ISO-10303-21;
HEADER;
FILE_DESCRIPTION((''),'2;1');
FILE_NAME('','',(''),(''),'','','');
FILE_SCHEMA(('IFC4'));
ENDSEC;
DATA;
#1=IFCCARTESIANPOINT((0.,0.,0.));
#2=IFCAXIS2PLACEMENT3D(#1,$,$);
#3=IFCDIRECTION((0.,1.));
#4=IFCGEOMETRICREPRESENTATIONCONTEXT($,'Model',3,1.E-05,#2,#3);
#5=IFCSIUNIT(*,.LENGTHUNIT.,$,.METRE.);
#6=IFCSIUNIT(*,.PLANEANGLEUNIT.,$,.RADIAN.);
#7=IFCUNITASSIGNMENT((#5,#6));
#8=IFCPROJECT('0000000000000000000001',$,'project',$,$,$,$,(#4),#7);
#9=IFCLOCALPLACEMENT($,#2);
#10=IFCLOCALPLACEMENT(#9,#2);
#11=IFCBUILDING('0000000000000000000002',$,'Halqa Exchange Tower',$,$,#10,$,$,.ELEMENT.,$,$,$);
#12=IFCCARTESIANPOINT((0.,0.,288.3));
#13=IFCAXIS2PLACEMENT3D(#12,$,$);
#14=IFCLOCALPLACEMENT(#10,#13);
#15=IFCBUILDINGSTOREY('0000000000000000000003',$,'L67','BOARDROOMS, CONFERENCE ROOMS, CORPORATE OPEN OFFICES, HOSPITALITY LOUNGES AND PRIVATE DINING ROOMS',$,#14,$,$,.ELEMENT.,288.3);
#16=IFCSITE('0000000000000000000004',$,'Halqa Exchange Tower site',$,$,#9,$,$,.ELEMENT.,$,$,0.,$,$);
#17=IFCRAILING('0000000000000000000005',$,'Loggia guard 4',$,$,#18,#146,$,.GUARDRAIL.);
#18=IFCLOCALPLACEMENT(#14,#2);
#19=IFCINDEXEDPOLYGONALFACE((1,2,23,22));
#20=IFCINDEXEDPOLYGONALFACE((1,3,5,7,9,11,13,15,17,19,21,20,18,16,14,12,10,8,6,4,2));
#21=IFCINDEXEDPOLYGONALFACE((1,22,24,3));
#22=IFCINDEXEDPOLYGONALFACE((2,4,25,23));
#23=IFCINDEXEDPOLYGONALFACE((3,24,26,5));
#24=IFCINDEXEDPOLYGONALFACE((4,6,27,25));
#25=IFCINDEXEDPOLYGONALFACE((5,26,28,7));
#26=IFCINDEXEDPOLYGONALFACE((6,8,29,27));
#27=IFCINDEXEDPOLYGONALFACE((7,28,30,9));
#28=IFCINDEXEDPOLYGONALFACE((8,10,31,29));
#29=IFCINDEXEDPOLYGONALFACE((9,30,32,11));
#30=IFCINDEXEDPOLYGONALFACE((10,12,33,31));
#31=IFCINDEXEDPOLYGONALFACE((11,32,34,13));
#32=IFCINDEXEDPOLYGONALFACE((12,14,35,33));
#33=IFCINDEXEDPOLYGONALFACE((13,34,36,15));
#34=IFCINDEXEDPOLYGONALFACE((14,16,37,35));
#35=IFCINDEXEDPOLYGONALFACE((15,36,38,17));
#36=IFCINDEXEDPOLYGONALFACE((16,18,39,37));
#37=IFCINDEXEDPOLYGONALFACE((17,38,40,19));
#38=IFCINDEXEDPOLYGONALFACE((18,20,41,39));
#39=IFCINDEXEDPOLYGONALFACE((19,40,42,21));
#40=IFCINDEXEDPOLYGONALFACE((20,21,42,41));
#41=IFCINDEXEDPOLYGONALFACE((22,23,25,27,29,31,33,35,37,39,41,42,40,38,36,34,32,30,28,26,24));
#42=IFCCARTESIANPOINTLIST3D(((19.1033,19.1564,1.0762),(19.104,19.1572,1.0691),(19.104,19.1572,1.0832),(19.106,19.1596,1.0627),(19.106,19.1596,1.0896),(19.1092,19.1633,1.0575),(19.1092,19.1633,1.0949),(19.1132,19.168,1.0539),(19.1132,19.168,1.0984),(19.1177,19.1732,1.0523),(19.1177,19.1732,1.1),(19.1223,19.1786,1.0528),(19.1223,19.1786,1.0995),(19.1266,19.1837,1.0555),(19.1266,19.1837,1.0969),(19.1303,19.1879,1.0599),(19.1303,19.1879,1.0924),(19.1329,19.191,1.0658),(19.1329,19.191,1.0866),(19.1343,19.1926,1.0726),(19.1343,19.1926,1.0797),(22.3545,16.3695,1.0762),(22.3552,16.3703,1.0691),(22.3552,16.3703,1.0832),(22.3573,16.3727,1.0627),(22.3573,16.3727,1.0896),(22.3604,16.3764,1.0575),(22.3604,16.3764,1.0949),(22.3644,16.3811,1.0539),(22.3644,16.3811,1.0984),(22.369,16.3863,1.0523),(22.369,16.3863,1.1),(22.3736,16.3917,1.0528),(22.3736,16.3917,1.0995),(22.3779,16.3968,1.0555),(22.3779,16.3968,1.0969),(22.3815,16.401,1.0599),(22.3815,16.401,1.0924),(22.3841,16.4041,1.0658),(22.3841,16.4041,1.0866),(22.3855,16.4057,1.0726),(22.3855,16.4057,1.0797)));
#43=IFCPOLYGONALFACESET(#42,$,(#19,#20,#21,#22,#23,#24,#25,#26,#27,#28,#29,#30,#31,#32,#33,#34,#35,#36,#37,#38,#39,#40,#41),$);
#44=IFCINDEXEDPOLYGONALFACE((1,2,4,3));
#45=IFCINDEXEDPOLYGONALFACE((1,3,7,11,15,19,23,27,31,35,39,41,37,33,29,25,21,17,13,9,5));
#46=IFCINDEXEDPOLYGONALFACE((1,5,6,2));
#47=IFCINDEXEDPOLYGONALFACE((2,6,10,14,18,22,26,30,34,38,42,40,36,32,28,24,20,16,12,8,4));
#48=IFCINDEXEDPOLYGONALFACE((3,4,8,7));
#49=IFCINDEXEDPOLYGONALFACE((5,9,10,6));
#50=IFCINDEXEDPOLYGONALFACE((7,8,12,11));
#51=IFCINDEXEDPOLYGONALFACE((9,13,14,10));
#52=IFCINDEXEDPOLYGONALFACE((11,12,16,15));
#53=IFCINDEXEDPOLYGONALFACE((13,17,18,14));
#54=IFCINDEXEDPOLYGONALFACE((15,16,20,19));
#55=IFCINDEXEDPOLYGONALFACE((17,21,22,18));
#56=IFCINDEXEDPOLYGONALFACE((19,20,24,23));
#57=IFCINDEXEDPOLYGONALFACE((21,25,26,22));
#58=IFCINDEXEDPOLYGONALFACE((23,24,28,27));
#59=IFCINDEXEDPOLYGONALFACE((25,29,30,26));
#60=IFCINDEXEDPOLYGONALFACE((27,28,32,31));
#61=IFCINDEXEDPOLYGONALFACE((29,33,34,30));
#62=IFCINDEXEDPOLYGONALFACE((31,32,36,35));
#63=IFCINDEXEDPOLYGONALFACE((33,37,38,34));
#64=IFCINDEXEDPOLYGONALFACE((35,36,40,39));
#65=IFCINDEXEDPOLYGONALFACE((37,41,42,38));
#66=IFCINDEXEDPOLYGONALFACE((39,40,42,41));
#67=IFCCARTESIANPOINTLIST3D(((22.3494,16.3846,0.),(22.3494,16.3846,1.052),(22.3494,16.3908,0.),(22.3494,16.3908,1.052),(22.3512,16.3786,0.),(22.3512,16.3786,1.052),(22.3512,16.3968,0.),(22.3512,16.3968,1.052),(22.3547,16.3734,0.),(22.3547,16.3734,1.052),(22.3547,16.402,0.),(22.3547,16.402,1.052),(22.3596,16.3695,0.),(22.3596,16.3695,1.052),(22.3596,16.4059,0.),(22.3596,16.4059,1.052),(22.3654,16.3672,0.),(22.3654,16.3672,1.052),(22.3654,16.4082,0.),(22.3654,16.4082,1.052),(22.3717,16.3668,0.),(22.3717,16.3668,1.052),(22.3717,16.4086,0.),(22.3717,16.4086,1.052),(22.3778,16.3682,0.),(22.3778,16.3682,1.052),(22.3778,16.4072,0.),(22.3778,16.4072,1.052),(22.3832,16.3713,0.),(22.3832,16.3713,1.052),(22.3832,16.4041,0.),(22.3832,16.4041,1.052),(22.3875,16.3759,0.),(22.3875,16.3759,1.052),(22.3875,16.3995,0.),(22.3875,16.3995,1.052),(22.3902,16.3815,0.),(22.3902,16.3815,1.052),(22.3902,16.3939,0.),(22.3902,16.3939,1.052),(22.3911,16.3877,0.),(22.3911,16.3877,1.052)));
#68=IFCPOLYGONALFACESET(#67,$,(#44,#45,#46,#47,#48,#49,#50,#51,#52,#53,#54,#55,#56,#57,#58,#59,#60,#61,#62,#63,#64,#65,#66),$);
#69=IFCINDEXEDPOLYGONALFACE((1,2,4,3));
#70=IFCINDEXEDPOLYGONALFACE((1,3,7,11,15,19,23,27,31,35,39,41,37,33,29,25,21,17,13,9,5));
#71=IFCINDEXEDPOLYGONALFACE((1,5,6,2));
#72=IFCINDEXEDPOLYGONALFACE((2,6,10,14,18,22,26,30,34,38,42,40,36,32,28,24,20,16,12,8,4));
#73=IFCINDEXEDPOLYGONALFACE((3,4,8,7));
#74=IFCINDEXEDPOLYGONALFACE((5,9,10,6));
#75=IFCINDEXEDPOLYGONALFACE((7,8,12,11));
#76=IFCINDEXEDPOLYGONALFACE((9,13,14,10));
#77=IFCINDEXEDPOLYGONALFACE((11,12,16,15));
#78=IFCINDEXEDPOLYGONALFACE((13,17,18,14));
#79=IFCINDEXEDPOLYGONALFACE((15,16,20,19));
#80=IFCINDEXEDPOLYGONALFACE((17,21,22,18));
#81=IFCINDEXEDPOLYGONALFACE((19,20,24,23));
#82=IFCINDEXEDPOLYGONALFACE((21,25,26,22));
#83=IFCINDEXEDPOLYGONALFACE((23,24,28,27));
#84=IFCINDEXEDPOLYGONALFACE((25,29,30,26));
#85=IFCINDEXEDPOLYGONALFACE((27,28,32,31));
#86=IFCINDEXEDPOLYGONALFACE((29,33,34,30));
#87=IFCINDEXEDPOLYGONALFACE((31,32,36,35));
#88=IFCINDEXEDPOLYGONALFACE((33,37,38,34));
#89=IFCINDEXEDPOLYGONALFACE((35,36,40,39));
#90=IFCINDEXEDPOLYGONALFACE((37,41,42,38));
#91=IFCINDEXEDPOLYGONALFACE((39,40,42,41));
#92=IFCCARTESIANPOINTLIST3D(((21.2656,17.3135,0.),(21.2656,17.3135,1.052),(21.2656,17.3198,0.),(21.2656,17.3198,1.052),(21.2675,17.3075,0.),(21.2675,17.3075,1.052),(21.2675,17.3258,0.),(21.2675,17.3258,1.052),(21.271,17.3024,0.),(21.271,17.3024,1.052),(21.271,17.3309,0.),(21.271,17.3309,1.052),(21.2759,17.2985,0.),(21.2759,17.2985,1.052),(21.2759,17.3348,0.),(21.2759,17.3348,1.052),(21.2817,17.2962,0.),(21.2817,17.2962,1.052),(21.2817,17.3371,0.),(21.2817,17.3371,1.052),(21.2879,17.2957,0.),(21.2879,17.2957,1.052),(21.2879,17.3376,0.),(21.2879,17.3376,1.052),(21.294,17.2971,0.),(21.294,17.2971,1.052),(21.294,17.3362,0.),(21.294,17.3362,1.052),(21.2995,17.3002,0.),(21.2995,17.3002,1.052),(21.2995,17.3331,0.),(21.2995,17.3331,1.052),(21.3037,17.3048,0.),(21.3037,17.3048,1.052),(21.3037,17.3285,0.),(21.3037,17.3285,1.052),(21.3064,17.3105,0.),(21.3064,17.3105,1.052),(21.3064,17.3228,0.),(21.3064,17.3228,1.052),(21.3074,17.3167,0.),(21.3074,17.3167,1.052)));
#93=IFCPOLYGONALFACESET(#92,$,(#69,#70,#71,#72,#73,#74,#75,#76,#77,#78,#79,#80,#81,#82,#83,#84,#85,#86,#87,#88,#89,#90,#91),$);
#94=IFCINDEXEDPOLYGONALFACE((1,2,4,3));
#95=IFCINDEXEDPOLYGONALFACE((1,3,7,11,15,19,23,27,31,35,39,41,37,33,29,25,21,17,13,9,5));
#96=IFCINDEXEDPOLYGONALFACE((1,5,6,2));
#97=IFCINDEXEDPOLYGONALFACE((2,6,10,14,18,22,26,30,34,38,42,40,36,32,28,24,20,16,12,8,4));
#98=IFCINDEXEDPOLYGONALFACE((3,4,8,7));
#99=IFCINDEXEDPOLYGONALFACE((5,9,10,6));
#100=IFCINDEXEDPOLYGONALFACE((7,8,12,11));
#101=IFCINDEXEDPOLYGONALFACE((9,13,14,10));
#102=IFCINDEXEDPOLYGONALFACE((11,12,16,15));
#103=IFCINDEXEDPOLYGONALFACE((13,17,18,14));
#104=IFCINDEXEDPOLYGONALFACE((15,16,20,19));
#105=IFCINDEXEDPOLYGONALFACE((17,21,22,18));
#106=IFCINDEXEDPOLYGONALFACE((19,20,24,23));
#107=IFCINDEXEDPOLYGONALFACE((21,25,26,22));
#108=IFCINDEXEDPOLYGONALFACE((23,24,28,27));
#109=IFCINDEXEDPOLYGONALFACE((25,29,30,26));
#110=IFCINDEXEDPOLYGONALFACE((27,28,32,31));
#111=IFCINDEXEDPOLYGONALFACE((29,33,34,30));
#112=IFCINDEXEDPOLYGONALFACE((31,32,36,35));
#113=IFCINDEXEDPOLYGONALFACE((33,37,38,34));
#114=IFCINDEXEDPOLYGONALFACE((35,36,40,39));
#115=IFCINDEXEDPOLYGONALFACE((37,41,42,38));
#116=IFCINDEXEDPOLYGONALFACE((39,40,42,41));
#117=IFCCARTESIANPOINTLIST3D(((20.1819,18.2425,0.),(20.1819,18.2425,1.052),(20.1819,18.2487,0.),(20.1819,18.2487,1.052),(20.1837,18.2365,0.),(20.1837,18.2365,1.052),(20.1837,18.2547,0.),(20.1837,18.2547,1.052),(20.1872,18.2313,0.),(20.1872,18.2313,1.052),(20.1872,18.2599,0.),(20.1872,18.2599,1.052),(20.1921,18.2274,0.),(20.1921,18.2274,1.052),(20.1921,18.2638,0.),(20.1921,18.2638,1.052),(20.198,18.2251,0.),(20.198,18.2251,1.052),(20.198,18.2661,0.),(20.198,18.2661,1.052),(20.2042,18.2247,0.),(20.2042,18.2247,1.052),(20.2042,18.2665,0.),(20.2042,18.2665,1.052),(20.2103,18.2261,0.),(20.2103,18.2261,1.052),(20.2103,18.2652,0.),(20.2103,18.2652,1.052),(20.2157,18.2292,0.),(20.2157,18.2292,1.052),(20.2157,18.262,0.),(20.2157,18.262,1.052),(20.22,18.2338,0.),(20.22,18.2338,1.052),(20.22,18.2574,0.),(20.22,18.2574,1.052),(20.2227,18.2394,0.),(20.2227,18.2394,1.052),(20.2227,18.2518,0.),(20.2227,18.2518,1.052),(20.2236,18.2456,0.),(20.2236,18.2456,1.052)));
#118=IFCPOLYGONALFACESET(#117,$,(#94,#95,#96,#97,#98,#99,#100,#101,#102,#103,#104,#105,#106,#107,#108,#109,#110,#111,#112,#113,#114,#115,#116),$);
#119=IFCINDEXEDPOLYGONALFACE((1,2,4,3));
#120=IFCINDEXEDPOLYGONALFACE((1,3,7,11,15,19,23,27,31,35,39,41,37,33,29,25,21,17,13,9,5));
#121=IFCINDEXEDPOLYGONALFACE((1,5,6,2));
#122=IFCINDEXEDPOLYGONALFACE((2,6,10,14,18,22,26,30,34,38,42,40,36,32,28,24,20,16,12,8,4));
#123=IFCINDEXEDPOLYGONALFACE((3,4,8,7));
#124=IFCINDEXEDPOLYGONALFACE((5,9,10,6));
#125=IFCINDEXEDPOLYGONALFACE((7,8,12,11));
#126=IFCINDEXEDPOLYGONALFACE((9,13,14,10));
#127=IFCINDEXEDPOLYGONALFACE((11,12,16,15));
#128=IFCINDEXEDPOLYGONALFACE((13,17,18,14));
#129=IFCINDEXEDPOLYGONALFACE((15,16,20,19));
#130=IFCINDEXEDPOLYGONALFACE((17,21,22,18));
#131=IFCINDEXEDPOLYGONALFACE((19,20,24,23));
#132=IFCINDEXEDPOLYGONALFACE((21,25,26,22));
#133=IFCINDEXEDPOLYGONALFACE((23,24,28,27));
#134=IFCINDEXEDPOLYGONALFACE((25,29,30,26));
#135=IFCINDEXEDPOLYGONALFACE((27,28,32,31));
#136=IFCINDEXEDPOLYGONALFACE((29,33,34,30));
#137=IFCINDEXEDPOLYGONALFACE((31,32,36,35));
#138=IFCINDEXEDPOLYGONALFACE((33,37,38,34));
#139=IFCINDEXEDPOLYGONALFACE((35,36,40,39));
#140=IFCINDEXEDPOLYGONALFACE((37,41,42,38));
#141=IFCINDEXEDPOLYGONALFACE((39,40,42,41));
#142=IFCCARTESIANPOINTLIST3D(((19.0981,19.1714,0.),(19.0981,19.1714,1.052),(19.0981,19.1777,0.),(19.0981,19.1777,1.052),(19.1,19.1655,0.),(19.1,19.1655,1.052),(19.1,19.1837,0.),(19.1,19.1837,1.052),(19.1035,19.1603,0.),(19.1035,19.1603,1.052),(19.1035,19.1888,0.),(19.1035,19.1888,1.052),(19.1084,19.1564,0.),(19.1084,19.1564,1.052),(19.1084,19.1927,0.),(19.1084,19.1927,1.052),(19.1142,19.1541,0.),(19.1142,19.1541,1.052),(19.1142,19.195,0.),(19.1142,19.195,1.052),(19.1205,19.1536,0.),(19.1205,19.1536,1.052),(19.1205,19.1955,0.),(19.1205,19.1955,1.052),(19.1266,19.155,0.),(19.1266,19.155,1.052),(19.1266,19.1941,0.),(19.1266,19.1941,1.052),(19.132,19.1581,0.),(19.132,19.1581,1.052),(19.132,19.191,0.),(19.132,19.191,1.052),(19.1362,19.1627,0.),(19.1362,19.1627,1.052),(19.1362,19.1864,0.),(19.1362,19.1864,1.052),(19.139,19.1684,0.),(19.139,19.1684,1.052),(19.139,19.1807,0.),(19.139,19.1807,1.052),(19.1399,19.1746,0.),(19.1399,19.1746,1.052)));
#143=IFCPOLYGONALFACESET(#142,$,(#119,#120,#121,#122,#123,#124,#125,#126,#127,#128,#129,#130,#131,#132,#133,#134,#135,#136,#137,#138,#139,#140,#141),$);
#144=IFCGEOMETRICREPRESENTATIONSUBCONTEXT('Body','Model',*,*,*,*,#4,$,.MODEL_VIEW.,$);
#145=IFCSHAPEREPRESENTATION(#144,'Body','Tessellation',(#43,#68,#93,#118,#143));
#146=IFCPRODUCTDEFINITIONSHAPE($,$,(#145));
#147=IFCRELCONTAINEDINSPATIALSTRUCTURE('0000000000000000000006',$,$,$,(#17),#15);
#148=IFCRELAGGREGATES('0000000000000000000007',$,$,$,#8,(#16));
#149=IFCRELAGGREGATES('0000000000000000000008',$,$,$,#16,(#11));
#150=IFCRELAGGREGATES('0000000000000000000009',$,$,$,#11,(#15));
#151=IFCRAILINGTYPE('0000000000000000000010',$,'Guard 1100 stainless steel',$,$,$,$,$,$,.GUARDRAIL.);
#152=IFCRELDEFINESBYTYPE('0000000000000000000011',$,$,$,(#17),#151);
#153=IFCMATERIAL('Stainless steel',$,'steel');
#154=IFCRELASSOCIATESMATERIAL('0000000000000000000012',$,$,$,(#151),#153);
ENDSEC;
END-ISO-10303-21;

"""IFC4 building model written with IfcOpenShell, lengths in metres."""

from ifc_helpers import new_model, si_unit, direction, frame, origin, origin_2d, place, context, subcontext, project, spatial, circle, extrude, material, type_object, element, save


model = new_model("IFC4")

# Units and contexts
model_context = context("Model", 3, precision=1e-05, world=origin(), true_north=direction((0.0, 1.0)))
body_context = subcontext(model_context, "Body", "Model", "MODEL_VIEW")
ifc_project = project(units=[si_unit("LENGTHUNIT", "METRE"), si_unit("PLANEANGLEUNIT", "RADIAN")], contexts=[model_context])

# Site, building, storey
site_placement = place(None, origin())
site = spatial("IfcSite", under=ifc_project, at=site_placement, Name="Halqa Exchange Tower site", CompositionType="ELEMENT", RefElevation=0.0)
building_placement = place(site_placement, origin())
building = spatial("IfcBuilding", under=site, at=building_placement, Name="Halqa Exchange Tower", CompositionType="ELEMENT")
storey_placement = place(building_placement, frame((0.0, 0.0, 288.3)))
storey = spatial("IfcBuildingStorey", under=building, at=storey_placement, Name="L67", Description="BOARDROOMS, CONFERENCE ROOMS, CORPORATE OPEN OFFICES, HOSPITALITY LOUNGES AND PRIVATE DINING ROOMS", CompositionType="ELEMENT", Elevation=288.3)

# Railing
ifc_material_1 = material(Name="Stainless steel", Category="steel")
railing_type = type_object("IfcRailingType", Name="Guard 1100 stainless steel", PredefinedType="GUARDRAIL", material=ifc_material_1)
railing_1_placement = place(storey_placement, frame((22.3701, 16.3877, 0.0)))
element("IfcRailing", 1, at=railing_1_placement, inside=storey, type_object=railing_type, Name="Loggia guard 4", PredefinedType="GUARDRAIL", context=body_context, shape_type="SweptSolid", body=[
    extrude(circle(Radius=0.0239, at=origin_2d()), frame((0.0, 0.0, 1.0762), z_axis=(-0.759245, 0.650805, 0.0), x_axis=(-0.650805, -0.759245, 0.0)), (0.0, 0.0, 1.0), 4.2822),
    extrude(circle(Radius=0.021, at=origin_2d()), origin(), (0.0, 0.0, 1.0), 1.052),
    extrude(circle(Radius=0.021, at=origin_2d()), frame((-1.0837, 0.929, 0.0)), (0.0, 0.0, 1.0), 1.052),
    extrude(circle(Radius=0.021, at=origin_2d()), frame((-2.1675, 1.8579, 0.0)), (0.0, 0.0, 1.0), 1.052),
    extrude(circle(Radius=0.021, at=origin_2d()), frame((-3.2512, 2.7869, 0.0)), (0.0, 0.0, 1.0), 1.052),
])

save(model, "model.ifc")
